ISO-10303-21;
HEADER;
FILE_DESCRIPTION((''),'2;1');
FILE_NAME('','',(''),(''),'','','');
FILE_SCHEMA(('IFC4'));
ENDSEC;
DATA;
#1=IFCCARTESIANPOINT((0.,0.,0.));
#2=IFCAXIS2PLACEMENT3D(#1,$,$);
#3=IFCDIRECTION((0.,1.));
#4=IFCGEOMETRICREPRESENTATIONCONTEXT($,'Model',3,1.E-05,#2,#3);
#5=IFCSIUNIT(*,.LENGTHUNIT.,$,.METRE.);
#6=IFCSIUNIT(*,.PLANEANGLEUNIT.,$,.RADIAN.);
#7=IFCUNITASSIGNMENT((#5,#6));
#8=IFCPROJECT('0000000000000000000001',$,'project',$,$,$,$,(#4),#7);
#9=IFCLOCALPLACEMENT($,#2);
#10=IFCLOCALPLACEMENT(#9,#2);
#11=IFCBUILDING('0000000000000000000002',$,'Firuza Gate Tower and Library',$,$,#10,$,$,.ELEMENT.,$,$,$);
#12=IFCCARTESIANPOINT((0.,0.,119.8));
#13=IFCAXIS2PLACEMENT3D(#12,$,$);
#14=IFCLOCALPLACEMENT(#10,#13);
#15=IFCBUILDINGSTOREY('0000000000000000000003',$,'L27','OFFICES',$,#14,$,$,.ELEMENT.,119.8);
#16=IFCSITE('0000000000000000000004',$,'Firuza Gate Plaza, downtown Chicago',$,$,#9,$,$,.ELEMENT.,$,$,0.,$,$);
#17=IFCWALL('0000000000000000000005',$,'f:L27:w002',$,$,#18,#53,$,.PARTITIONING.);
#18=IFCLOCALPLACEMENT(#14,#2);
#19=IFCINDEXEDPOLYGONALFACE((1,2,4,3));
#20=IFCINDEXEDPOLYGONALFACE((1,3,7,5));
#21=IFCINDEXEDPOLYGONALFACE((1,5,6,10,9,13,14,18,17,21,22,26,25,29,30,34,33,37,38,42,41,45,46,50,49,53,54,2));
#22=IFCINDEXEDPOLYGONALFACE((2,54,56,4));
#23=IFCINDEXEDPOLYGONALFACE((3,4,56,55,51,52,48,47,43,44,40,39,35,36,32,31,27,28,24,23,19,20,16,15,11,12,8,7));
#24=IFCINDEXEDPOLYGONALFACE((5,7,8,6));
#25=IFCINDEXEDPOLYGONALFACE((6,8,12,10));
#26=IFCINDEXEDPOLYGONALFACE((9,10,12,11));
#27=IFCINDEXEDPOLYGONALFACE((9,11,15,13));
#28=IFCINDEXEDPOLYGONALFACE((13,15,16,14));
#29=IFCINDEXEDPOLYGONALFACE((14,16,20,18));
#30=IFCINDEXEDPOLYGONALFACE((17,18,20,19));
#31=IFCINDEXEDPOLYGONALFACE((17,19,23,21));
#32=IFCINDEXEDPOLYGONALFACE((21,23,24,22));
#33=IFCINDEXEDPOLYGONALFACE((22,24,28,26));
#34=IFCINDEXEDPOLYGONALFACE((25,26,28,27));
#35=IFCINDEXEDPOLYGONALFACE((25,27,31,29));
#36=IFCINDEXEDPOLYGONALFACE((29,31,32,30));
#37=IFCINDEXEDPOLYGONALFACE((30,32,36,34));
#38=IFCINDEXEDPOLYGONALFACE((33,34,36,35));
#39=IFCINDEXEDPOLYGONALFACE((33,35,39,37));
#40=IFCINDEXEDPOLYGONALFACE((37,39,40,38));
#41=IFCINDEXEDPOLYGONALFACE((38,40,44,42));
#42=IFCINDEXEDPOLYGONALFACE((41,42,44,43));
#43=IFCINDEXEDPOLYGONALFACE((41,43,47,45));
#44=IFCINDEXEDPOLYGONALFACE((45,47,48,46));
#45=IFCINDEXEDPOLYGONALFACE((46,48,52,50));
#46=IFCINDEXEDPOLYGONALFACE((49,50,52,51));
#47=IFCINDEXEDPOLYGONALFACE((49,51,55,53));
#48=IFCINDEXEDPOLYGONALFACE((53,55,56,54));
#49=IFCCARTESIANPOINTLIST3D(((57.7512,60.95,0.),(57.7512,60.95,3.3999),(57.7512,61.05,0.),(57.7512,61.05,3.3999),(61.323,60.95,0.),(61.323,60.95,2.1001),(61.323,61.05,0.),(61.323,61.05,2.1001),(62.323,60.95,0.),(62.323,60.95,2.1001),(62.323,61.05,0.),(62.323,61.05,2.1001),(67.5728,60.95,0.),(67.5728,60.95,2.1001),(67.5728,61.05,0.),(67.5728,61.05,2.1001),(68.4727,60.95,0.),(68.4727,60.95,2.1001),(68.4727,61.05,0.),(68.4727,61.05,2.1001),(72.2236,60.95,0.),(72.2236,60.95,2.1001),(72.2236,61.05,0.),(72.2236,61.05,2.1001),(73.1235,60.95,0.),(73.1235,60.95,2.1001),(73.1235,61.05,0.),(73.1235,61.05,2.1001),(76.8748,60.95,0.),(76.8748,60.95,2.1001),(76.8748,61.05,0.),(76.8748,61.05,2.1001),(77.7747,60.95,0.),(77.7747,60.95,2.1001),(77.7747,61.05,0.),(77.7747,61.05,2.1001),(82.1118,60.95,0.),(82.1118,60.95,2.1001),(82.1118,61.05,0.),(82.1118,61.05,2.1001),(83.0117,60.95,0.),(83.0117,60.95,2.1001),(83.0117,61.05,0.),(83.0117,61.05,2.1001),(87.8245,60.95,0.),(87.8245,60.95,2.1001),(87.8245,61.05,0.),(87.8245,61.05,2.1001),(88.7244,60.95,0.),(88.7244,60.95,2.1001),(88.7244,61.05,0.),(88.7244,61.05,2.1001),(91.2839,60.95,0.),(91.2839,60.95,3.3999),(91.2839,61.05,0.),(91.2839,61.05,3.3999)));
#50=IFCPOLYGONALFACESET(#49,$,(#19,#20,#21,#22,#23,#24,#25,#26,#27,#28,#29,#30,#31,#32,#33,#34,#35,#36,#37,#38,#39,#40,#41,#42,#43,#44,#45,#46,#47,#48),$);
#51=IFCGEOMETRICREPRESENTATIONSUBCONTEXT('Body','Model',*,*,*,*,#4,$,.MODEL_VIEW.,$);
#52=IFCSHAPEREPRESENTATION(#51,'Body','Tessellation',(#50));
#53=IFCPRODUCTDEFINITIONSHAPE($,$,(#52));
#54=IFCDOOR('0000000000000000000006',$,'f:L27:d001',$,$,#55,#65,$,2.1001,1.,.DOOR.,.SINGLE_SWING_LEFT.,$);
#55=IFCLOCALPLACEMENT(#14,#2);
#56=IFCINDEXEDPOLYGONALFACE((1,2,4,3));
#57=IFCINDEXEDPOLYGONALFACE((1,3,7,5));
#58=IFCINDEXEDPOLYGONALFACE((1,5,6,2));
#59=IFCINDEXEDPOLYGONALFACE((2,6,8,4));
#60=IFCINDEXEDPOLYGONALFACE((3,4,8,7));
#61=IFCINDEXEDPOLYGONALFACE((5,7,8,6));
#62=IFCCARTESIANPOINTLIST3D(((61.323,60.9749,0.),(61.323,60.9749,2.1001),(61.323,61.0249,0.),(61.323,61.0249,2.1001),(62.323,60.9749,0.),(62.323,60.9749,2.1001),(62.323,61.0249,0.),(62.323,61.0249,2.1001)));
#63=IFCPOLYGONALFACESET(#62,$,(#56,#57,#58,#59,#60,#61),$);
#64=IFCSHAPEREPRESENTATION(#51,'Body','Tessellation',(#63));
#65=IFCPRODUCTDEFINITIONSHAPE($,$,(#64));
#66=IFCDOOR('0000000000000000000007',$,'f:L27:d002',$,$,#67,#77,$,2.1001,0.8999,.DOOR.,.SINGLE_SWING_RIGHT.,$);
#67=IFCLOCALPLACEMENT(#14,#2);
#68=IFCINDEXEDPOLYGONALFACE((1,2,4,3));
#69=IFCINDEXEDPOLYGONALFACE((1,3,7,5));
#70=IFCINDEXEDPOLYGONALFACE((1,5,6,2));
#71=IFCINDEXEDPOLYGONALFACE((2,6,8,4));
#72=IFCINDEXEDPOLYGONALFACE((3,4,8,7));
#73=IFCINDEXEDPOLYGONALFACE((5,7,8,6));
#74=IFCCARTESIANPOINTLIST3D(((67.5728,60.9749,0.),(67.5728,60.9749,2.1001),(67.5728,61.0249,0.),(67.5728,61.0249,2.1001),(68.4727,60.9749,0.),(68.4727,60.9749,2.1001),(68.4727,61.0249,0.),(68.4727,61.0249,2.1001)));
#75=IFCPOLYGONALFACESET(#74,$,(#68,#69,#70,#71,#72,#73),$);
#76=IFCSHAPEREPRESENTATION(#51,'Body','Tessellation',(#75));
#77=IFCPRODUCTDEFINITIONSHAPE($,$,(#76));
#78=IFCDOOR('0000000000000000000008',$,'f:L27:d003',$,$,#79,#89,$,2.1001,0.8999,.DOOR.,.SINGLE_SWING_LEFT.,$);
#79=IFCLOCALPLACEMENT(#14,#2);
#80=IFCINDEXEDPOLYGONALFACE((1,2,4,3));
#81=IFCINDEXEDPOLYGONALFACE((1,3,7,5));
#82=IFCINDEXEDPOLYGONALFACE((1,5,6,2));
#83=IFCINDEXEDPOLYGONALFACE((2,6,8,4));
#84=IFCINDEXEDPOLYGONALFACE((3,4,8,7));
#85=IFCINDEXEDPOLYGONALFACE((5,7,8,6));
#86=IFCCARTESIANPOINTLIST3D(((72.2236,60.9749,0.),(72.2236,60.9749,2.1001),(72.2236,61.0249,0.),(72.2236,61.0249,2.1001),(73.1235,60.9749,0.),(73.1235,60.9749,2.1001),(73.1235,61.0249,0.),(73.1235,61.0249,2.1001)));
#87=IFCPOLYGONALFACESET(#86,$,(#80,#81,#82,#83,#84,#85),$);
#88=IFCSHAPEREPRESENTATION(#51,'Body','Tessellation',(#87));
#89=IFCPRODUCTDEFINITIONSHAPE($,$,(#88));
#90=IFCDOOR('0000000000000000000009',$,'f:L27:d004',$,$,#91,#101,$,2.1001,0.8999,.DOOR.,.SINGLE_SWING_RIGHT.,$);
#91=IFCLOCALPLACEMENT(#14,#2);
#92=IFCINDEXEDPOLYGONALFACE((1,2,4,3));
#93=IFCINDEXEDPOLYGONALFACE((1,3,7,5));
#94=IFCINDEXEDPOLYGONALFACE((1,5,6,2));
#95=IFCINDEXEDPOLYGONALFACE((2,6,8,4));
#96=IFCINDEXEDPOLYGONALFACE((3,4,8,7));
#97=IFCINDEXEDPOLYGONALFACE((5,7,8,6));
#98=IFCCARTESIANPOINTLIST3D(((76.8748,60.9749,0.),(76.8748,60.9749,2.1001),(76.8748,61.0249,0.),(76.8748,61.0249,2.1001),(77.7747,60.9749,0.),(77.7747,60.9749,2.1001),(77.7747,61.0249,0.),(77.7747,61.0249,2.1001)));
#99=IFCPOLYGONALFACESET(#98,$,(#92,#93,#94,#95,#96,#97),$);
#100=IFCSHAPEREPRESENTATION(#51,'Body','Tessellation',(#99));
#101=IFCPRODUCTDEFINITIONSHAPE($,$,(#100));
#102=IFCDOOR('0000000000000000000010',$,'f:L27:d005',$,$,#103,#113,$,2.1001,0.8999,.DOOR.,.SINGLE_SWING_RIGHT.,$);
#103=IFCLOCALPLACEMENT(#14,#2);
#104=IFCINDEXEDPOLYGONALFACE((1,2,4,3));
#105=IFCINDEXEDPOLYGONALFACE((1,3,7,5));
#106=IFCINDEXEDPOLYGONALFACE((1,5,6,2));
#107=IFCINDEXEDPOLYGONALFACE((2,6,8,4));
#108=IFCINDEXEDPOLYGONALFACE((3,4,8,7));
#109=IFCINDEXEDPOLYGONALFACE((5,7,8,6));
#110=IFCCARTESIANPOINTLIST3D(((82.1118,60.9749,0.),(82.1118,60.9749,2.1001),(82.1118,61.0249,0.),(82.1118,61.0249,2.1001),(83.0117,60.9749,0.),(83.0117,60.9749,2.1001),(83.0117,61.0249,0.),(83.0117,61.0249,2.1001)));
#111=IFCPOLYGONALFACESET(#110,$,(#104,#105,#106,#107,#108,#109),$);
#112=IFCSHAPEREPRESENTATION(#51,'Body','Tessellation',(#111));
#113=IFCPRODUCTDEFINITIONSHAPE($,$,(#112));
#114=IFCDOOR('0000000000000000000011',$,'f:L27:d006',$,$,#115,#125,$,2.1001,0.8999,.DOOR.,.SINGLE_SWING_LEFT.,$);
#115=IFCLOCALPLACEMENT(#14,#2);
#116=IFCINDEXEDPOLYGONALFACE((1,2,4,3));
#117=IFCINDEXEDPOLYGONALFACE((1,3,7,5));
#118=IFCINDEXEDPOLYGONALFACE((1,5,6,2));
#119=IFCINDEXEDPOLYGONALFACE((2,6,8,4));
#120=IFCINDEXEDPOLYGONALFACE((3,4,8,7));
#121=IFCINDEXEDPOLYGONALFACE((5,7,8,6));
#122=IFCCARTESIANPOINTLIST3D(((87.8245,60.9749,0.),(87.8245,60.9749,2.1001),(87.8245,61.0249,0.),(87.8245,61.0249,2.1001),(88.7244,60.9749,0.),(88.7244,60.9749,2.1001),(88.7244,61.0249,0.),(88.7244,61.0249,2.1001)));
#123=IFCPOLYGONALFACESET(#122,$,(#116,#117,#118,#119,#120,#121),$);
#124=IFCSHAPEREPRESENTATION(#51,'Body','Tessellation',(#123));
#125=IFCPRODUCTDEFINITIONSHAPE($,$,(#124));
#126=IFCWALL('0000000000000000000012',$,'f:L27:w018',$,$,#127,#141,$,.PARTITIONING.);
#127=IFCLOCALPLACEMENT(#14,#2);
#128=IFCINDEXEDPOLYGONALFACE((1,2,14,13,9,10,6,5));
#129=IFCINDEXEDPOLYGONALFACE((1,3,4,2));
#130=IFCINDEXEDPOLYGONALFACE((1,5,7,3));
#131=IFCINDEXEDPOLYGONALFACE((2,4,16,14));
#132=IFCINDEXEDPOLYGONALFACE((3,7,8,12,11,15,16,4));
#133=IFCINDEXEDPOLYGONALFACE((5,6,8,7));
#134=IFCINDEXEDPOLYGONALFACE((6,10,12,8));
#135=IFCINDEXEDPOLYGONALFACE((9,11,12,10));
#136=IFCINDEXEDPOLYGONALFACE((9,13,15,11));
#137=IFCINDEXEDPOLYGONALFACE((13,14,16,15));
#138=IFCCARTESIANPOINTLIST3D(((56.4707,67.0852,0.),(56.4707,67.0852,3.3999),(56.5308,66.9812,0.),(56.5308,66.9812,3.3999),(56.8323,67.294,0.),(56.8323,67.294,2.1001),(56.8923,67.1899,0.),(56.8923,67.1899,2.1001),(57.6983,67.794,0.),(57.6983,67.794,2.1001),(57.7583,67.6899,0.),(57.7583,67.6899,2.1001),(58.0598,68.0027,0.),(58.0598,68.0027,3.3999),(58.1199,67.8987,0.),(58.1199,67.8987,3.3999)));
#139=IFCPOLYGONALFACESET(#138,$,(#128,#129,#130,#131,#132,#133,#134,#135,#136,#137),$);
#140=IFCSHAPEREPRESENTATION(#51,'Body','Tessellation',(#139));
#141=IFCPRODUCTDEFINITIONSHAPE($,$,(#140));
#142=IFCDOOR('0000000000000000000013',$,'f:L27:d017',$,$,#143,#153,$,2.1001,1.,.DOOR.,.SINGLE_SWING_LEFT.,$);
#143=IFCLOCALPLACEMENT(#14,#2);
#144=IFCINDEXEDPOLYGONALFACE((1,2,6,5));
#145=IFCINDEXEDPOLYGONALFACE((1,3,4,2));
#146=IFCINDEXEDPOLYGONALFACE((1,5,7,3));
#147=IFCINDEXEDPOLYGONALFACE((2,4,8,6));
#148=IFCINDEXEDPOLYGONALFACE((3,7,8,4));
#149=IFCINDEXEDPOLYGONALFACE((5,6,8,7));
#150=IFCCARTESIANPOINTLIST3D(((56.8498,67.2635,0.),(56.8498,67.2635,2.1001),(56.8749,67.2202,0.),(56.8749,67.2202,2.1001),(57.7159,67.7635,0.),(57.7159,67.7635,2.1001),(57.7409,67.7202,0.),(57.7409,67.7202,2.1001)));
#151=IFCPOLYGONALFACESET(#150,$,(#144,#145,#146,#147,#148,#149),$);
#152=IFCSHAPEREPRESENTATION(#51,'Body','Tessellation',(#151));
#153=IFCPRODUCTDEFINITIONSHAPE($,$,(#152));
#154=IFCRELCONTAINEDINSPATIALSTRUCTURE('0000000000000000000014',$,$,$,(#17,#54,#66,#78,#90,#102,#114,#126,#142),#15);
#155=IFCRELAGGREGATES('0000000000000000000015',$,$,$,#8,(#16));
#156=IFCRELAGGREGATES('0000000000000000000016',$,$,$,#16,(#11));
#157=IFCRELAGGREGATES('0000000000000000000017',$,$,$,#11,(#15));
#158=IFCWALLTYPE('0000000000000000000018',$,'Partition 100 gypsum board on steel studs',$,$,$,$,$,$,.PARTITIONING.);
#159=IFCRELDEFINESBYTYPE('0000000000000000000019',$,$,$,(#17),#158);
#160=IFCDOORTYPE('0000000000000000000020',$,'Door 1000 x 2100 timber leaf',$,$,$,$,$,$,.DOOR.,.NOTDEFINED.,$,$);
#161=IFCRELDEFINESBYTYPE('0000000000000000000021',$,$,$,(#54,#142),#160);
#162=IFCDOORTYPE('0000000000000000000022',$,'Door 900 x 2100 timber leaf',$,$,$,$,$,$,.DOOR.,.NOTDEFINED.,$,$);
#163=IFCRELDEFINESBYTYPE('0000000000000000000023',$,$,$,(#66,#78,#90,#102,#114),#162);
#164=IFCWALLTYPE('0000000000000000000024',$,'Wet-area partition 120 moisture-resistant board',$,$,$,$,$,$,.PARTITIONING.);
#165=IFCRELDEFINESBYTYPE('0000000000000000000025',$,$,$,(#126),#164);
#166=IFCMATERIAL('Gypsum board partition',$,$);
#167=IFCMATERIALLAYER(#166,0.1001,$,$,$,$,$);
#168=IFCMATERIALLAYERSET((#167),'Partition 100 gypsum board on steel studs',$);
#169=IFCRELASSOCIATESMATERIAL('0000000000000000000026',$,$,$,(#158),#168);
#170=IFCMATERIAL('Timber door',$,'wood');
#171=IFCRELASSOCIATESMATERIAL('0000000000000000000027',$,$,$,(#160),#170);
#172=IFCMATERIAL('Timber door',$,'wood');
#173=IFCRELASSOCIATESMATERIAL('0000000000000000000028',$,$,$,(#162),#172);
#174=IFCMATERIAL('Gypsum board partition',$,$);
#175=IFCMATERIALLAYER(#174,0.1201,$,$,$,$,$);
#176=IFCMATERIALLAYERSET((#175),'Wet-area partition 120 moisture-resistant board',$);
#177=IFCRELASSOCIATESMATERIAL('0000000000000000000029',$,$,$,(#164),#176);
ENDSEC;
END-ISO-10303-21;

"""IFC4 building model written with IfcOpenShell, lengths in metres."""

from ifc_helpers import new_model, si_unit, direction, frame, frame_2d, origin, place, context, subcontext, project, spatial, rectangle, extrude, material, layer, layer_set, type_object, element, fill, save


model = new_model("IFC4")

# Units and contexts
model_context = context("Model", 3, precision=1e-05, world=origin(), true_north=direction((0.0, 1.0)))
body_context = subcontext(model_context, "Body", "Model", "MODEL_VIEW")
ifc_project = project(units=[si_unit("LENGTHUNIT", "METRE"), si_unit("PLANEANGLEUNIT", "RADIAN")], contexts=[model_context])

# Site, building, storey
site_placement = place(None, origin())
site = spatial("IfcSite", under=ifc_project, at=site_placement, Name="Firuza Gate Plaza, downtown Chicago", CompositionType="ELEMENT", RefElevation=0.0)
building_placement = place(site_placement, origin())
building = spatial("IfcBuilding", under=site, at=building_placement, Name="Firuza Gate Tower and Library", CompositionType="ELEMENT")
storey_placement = place(building_placement, frame((0.0, 0.0, 119.8)))
storey = spatial("IfcBuildingStorey", under=building, at=storey_placement, Name="L27", Description="OFFICES", CompositionType="ELEMENT", Elevation=119.8)

# Wall, openings, doors
ifc_material_1 = material(Name="Gypsum board partition")
ifc_layer_1 = layer(ifc_material_1, 0.1001)
ifc_layer_set_1 = layer_set([ifc_layer_1], Name="Partition 100 gypsum board on steel studs")
wall_type_1 = type_object("IfcWallType", Name="Partition 100 gypsum board on steel studs", PredefinedType="PARTITIONING", material=ifc_layer_set_1)
wall_1_placement = place(storey_placement, frame((57.7512, 61.0, 0.0), z_axis=(0.0, 0.0, 1.0), x_axis=(1.0, 0.0, 0.0)))
wall_1 = element("IfcWall", 1, at=wall_1_placement, inside=storey, type_object=wall_type_1, Name="f:L27:w002", PredefinedType="PARTITIONING", context=body_context, shape_type="SweptSolid", body=[
    extrude(rectangle(XDim=33.5327, YDim=0.1001, at=frame_2d((16.7664, 0.0))), origin(), (0.0, 0.0, 1.0), 3.3999),
])
opening_1_placement = place(wall_1_placement, frame((3.5718, 0.0, 0.0)))
opening_1 = element("IfcOpeningElement", 2, at=opening_1_placement, cuts=wall_1, PredefinedType="OPENING", context=body_context, shape_type="SweptSolid", body=[
    extrude(rectangle(XDim=1.0, YDim=2.1001, at=frame_2d((0.5, 1.05))), frame((0.0, 0.0601, 0.0), z_axis=(0.0, -1.0, 0.0), x_axis=(1.0, 0.0, 0.0)), (0.0, 0.0, 1.0), 0.1201),
])
opening_2_placement = place(wall_1_placement, frame((9.8215, 0.0, 0.0)))
opening_2 = element("IfcOpeningElement", 3, at=opening_2_placement, cuts=wall_1, PredefinedType="OPENING", context=body_context, shape_type="SweptSolid", body=[
    extrude(rectangle(XDim=0.8999, YDim=2.1001, at=frame_2d((0.45, 1.05))), frame((0.0, 0.0601, 0.0), z_axis=(0.0, -1.0, 0.0), x_axis=(1.0, 0.0, 0.0)), (0.0, 0.0, 1.0), 0.1201),
])
opening_3_placement = place(wall_1_placement, frame((14.4724, 0.0, 0.0)))
opening_3 = element("IfcOpeningElement", 4, at=opening_3_placement, cuts=wall_1, PredefinedType="OPENING", context=body_context, shape_type="SweptSolid", body=[
    extrude(rectangle(XDim=0.8999, YDim=2.1001, at=frame_2d((0.45, 1.05))), frame((0.0, 0.0601, 0.0), z_axis=(0.0, -1.0, 0.0), x_axis=(1.0, 0.0, 0.0)), (0.0, 0.0, 1.0), 0.1201),
])
opening_4_placement = place(wall_1_placement, frame((19.1235, 0.0, 0.0)))
opening_4 = element("IfcOpeningElement", 5, at=opening_4_placement, cuts=wall_1, PredefinedType="OPENING", context=body_context, shape_type="SweptSolid", body=[
    extrude(rectangle(XDim=0.8999, YDim=2.1001, at=frame_2d((0.45, 1.05))), frame((0.0, 0.0601, 0.0), z_axis=(0.0, -1.0, 0.0), x_axis=(1.0, 0.0, 0.0)), (0.0, 0.0, 1.0), 0.1201),
])
opening_5_placement = place(wall_1_placement, frame((24.3606, 0.0, 0.0)))
opening_5 = element("IfcOpeningElement", 6, at=opening_5_placement, cuts=wall_1, PredefinedType="OPENING", context=body_context, shape_type="SweptSolid", body=[
    extrude(rectangle(XDim=0.8999, YDim=2.1001, at=frame_2d((0.45, 1.05))), frame((0.0, 0.0601, 0.0), z_axis=(0.0, -1.0, 0.0), x_axis=(1.0, 0.0, 0.0)), (0.0, 0.0, 1.0), 0.1201),
])
opening_6_placement = place(wall_1_placement, frame((30.0732, 0.0, 0.0)))
opening_6 = element("IfcOpeningElement", 7, at=opening_6_placement, cuts=wall_1, PredefinedType="OPENING", context=body_context, shape_type="SweptSolid", body=[
    extrude(rectangle(XDim=0.8999, YDim=2.1001, at=frame_2d((0.45, 1.05))), frame((0.0, 0.0601, 0.0), z_axis=(0.0, -1.0, 0.0), x_axis=(1.0, 0.0, 0.0)), (0.0, 0.0, 1.0), 0.1201),
])
ifc_material_2 = material(Name="Timber door", Category="wood")
door_type_1 = type_object("IfcDoorType", Name="Door 1000 x 2100 timber leaf", OperationType="NOTDEFINED", PredefinedType="DOOR", material=ifc_material_2)
door_1_placement = place(opening_1_placement, origin())
door_1 = element("IfcDoor", 8, at=door_1_placement, inside=storey, type_object=door_type_1, Name="f:L27:d001", OperationType="SINGLE_SWING_LEFT", OverallHeight=2.1001, OverallWidth=1.0, PredefinedType="DOOR", context=body_context, shape_type="SweptSolid", body=[
    extrude(rectangle(XDim=1.0, YDim=2.1001, at=frame_2d((0.5, 1.05))), frame((0.0, 0.0249, 0.0), z_axis=(0.0, -1.0, 0.0), x_axis=(1.0, 0.0, 0.0)), (0.0, 0.0, 1.0), 0.05),
])
fill(opening_1, door_1)
ifc_material_3 = material(Name="Timber door", Category="wood")
door_type_2 = type_object("IfcDoorType", Name="Door 900 x 2100 timber leaf", OperationType="NOTDEFINED", PredefinedType="DOOR", material=ifc_material_3)
door_2_placement = place(opening_2_placement, origin())
door_2 = element("IfcDoor", 9, at=door_2_placement, inside=storey, type_object=door_type_2, Name="f:L27:d002", OperationType="SINGLE_SWING_RIGHT", OverallHeight=2.1001, OverallWidth=0.8999, PredefinedType="DOOR", context=body_context, shape_type="SweptSolid", body=[
    extrude(rectangle(XDim=0.8999, YDim=2.1001, at=frame_2d((0.45, 1.05))), frame((0.0, 0.0249, 0.0), z_axis=(0.0, -1.0, 0.0), x_axis=(1.0, 0.0, 0.0)), (0.0, 0.0, 1.0), 0.05),
])
fill(opening_2, door_2)
door_3_placement = place(opening_3_placement, origin())
door_3 = element("IfcDoor", 10, at=door_3_placement, inside=storey, type_object=door_type_2, Name="f:L27:d003", OperationType="SINGLE_SWING_LEFT", OverallHeight=2.1001, OverallWidth=0.8999, PredefinedType="DOOR", context=body_context, shape_type="SweptSolid", body=[
    extrude(rectangle(XDim=0.8999, YDim=2.1001, at=frame_2d((0.45, 1.05))), frame((0.0, 0.0249, 0.0), z_axis=(0.0, -1.0, 0.0), x_axis=(1.0, 0.0, 0.0)), (0.0, 0.0, 1.0), 0.05),
])
fill(opening_3, door_3)
door_4_placement = place(opening_4_placement, origin())
door_4 = element("IfcDoor", 11, at=door_4_placement, inside=storey, type_object=door_type_2, Name="f:L27:d004", OperationType="SINGLE_SWING_RIGHT", OverallHeight=2.1001, OverallWidth=0.8999, PredefinedType="DOOR", context=body_context, shape_type="SweptSolid", body=[
    extrude(rectangle(XDim=0.8999, YDim=2.1001, at=frame_2d((0.45, 1.05))), frame((0.0, 0.0249, 0.0), z_axis=(0.0, -1.0, 0.0), x_axis=(1.0, 0.0, 0.0)), (0.0, 0.0, 1.0), 0.05),
])
fill(opening_4, door_4)
door_5_placement = place(opening_5_placement, origin())
door_5 = element("IfcDoor", 12, at=door_5_placement, inside=storey, type_object=door_type_2, Name="f:L27:d005", OperationType="SINGLE_SWING_RIGHT", OverallHeight=2.1001, OverallWidth=0.8999, PredefinedType="DOOR", context=body_context, shape_type="SweptSolid", body=[
    extrude(rectangle(XDim=0.8999, YDim=2.1001, at=frame_2d((0.45, 1.05))), frame((0.0, 0.0249, 0.0), z_axis=(0.0, -1.0, 0.0), x_axis=(1.0, 0.0, 0.0)), (0.0, 0.0, 1.0), 0.05),
])
fill(opening_5, door_5)
door_6_placement = place(opening_6_placement, origin())
door_6 = element("IfcDoor", 13, at=door_6_placement, inside=storey, type_object=door_type_2, Name="f:L27:d006", OperationType="SINGLE_SWING_LEFT", OverallHeight=2.1001, OverallWidth=0.8999, PredefinedType="DOOR", context=body_context, shape_type="SweptSolid", body=[
    extrude(rectangle(XDim=0.8999, YDim=2.1001, at=frame_2d((0.45, 1.05))), frame((0.0, 0.0249, 0.0), z_axis=(0.0, -1.0, 0.0), x_axis=(1.0, 0.0, 0.0)), (0.0, 0.0, 1.0), 0.05),
])
fill(opening_6, door_6)

# Wall, opening, door
ifc_material_4 = material(Name="Gypsum board partition")
ifc_layer_2 = layer(ifc_material_4, 0.1201)
ifc_layer_set_2 = layer_set([ifc_layer_2], Name="Wet-area partition 120 moisture-resistant board")
wall_type_2 = type_object("IfcWallType", Name="Wet-area partition 120 moisture-resistant board", PredefinedType="PARTITIONING", material=ifc_layer_set_2)
wall_2_placement = place(storey_placement, frame((56.5007, 67.0332, 0.0), z_axis=(0.0, 0.0, 1.0), x_axis=(0.866024, 0.500003, 0.0)))
wall_2 = element("IfcWall", 14, at=wall_2_placement, inside=storey, type_object=wall_type_2, Name="f:L27:w018", PredefinedType="PARTITIONING", context=body_context, shape_type="SweptSolid", body=[
    extrude(rectangle(XDim=1.835, YDim=0.1201, at=frame_2d((0.9175, 0.0))), origin(), (0.0, 0.0, 1.0), 3.3999),
])
opening_7_placement = place(wall_2_placement, frame((0.4175, 0.0, 0.0)))
opening_7 = element("IfcOpeningElement", 15, at=opening_7_placement, cuts=wall_2, PredefinedType="OPENING", context=body_context, shape_type="SweptSolid", body=[
    extrude(rectangle(XDim=1.0, YDim=2.1001, at=frame_2d((0.5, 1.05))), frame((0.0, 0.0701, 0.0), z_axis=(0.0, -1.0, 0.0), x_axis=(1.0, 0.0, 0.0)), (0.0, 0.0, 1.0), 0.1401),
])
door_7_placement = place(opening_7_placement, origin())
door_7 = element("IfcDoor", 16, at=door_7_placement, inside=storey, type_object=door_type_1, Name="f:L27:d017", OperationType="SINGLE_SWING_LEFT", OverallHeight=2.1001, OverallWidth=1.0, PredefinedType="DOOR", context=body_context, shape_type="SweptSolid", body=[
    extrude(rectangle(XDim=1.0, YDim=2.1001, at=frame_2d((0.5, 1.05))), frame((0.0, 0.0249, 0.0), z_axis=(0.0, -1.0, 0.0), x_axis=(1.0, 0.0, 0.0)), (0.0, 0.0, 1.0), 0.05),
])
fill(opening_7, door_7)

save(model, "model.ifc")
